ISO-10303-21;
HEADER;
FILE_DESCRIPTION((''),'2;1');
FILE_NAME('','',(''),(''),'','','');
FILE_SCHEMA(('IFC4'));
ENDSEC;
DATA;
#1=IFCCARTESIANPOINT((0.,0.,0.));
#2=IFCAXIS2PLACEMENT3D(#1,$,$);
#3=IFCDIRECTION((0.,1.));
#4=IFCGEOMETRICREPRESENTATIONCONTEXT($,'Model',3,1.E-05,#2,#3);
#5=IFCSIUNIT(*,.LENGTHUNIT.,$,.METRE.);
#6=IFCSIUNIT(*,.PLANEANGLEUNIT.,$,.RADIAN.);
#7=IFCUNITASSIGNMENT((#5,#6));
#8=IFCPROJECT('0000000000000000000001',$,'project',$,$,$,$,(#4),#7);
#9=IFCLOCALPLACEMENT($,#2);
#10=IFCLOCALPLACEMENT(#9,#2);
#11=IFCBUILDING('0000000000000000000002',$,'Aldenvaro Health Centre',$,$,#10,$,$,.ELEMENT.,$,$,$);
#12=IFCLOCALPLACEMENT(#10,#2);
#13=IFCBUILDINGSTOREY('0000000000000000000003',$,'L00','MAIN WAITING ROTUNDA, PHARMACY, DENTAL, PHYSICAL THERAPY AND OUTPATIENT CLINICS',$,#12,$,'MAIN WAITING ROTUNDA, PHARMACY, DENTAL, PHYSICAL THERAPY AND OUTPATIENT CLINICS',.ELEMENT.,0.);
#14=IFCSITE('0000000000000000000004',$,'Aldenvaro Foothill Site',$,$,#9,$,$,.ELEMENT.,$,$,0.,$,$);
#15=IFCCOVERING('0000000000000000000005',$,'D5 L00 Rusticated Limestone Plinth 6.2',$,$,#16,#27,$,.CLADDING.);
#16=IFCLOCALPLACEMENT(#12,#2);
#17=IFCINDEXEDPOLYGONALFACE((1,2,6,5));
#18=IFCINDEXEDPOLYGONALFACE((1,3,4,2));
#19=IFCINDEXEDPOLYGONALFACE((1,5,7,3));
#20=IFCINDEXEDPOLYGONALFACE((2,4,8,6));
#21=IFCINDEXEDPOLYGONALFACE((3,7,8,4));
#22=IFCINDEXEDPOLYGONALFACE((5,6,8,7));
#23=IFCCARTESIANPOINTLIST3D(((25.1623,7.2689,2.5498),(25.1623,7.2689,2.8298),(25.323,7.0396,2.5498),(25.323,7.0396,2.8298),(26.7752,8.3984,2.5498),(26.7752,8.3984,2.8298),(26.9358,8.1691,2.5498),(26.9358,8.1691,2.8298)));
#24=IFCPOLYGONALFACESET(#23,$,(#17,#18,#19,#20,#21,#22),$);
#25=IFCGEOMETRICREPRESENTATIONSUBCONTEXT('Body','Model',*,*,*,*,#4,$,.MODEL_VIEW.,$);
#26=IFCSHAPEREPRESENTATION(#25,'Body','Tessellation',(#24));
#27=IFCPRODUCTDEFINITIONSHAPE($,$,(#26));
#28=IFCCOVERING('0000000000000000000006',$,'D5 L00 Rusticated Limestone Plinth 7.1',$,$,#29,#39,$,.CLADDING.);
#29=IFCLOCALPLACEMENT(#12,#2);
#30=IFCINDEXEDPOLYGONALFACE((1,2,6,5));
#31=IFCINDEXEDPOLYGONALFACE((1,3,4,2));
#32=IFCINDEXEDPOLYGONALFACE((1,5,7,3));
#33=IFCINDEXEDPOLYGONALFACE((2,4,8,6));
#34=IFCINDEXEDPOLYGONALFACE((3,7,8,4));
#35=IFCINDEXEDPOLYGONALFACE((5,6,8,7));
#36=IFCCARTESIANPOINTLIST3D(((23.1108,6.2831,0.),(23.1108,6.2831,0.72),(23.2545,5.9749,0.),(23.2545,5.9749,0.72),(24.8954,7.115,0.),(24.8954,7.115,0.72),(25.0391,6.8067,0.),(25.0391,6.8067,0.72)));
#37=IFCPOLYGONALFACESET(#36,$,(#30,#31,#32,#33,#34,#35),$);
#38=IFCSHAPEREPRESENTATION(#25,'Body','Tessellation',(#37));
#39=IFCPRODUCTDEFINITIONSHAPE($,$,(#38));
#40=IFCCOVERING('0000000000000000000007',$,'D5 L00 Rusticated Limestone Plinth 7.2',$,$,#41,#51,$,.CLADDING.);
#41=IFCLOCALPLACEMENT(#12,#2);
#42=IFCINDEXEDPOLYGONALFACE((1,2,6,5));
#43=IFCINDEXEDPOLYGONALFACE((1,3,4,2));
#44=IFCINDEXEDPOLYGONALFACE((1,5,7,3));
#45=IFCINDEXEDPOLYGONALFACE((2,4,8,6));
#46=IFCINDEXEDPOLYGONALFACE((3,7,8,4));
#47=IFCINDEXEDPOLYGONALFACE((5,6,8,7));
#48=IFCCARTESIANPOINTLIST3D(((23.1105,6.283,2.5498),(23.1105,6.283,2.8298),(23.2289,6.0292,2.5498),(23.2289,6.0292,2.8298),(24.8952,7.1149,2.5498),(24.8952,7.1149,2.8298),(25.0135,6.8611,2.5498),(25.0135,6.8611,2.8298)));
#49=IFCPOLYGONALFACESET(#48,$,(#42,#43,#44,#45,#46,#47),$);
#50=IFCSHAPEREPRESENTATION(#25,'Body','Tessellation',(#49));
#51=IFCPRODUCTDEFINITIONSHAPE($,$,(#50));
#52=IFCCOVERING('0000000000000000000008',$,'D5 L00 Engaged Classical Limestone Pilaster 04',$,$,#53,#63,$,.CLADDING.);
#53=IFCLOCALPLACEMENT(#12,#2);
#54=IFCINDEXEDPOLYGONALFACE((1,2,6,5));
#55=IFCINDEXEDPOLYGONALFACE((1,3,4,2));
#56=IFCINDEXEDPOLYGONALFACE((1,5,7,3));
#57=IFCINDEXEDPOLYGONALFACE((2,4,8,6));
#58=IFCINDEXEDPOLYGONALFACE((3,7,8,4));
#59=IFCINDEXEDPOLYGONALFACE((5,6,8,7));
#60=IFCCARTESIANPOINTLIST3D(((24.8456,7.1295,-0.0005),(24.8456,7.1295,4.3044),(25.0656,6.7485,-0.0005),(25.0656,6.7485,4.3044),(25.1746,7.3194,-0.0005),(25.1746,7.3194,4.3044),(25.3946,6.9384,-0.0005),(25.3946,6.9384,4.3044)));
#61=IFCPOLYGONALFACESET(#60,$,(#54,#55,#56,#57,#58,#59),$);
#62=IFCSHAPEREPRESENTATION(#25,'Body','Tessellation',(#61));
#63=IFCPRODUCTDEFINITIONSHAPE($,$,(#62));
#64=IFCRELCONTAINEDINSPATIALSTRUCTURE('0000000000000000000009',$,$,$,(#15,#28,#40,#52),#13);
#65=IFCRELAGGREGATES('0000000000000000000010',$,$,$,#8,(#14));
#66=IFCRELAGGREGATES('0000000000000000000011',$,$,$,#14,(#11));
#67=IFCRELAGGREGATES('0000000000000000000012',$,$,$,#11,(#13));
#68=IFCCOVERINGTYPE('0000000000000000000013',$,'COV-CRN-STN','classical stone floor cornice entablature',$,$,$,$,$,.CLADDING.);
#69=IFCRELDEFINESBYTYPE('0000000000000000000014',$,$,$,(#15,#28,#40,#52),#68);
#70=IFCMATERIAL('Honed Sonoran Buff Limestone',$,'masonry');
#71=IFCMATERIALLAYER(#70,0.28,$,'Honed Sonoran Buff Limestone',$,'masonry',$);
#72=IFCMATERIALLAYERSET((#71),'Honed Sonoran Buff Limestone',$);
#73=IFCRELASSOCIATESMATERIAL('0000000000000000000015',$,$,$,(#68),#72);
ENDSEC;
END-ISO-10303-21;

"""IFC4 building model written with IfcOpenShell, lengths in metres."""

from ifc_helpers import new_model, si_unit, direction, frame, origin, origin_2d, place, context, subcontext, project, spatial, rectangle, extrude, material, layer, layer_set, type_object, element, save


model = new_model("IFC4")

# Units and contexts
model_context = context("Model", 3, precision=1e-05, world=origin(), true_north=direction((0.0, 1.0)))
body_context = subcontext(model_context, "Body", "Model", "MODEL_VIEW")
ifc_project = project(units=[si_unit("LENGTHUNIT", "METRE"), si_unit("PLANEANGLEUNIT", "RADIAN")], contexts=[model_context])

# Site, building, storey
site_placement = place(None, origin())
site = spatial("IfcSite", under=ifc_project, at=site_placement, Name="Aldenvaro Foothill Site", CompositionType="ELEMENT", RefElevation=0.0)
building_placement = place(site_placement, origin())
building = spatial("IfcBuilding", under=site, at=building_placement, Name="Aldenvaro Health Centre", CompositionType="ELEMENT")
storey_placement = place(building_placement, origin())
storey = spatial("IfcBuildingStorey", under=building, at=storey_placement, Name="L00", Description="MAIN WAITING ROTUNDA, PHARMACY, DENTAL, PHYSICAL THERAPY AND OUTPATIENT CLINICS", LongName="MAIN WAITING ROTUNDA, PHARMACY, DENTAL, PHYSICAL THERAPY AND OUTPATIENT CLINICS", CompositionType="ELEMENT", Elevation=0.0)

# Coverings
ifc_material_1 = material(Name="Honed Sonoran Buff Limestone", Category="masonry")
ifc_layer_1 = layer(ifc_material_1, 0.28, Name="Honed Sonoran Buff Limestone", Category="masonry")
ifc_layer_set_1 = layer_set([ifc_layer_1], Name="Honed Sonoran Buff Limestone")
covering_type = type_object("IfcCoveringType", Name="COV-CRN-STN", Description="classical stone floor cornice entablature", PredefinedType="CLADDING", material=ifc_layer_set_1)
covering_1_placement = place(storey_placement, frame((26.0491, 7.719, 2.5498), z_axis=(0.0, 0.0, 1.0), x_axis=(-0.819107, -0.573641, 0.0)))
element("IfcCovering", 1, at=covering_1_placement, inside=storey, type_object=covering_type, Name="D5 L00 Rusticated Limestone Plinth 6.2", PredefinedType="CLADDING", context=body_context, shape_type="SweptSolid", body=[
    extrude(rectangle(XDim=1.969, YDim=0.28, at=origin_2d()), origin(), (0.0, 0.0, 1.0), 0.28),
])
covering_2_placement = place(storey_placement, frame((24.075, 6.5449, 0.0), z_axis=(0.0, 0.0, 1.0), x_axis=(-0.906365, -0.422496, 0.0)))
element("IfcCovering", 2, at=covering_2_placement, inside=storey, type_object=covering_type, Name="D5 L00 Rusticated Limestone Plinth 7.1", PredefinedType="CLADDING", context=body_context, shape_type="SweptSolid", body=[
    extrude(rectangle(XDim=1.969, YDim=0.3401, at=origin_2d()), origin(), (0.0, 0.0, 1.0), 0.72),
])
covering_3_placement = place(storey_placement, frame((24.062, 6.572, 2.5498), z_axis=(0.0, 0.0, 1.0), x_axis=(-0.906365, -0.422496, 0.0)))
element("IfcCovering", 3, at=covering_3_placement, inside=storey, type_object=covering_type, Name="D5 L00 Rusticated Limestone Plinth 7.2", PredefinedType="CLADDING", context=body_context, shape_type="SweptSolid", body=[
    extrude(rectangle(XDim=1.969, YDim=0.28, at=origin_2d()), origin(), (0.0, 0.0, 1.0), 0.28),
])
covering_4_placement = place(storey_placement, frame((25.1201, 7.0339, -0.0005), z_axis=(0.0, 0.0, 1.0), x_axis=(0.499991, -0.866031, 0.0)))
element("IfcCovering", 4, at=covering_4_placement, inside=storey, type_object=covering_type, Name="D5 L00 Engaged Classical Limestone Pilaster 04", PredefinedType="CLADDING", context=body_context, shape_type="SweptSolid", body=[
    extrude(rectangle(XDim=0.4399, YDim=0.3799, at=origin_2d()), origin(), (0.0, 0.0, 1.0), 4.3049),
])

save(model, "model.ifc")
